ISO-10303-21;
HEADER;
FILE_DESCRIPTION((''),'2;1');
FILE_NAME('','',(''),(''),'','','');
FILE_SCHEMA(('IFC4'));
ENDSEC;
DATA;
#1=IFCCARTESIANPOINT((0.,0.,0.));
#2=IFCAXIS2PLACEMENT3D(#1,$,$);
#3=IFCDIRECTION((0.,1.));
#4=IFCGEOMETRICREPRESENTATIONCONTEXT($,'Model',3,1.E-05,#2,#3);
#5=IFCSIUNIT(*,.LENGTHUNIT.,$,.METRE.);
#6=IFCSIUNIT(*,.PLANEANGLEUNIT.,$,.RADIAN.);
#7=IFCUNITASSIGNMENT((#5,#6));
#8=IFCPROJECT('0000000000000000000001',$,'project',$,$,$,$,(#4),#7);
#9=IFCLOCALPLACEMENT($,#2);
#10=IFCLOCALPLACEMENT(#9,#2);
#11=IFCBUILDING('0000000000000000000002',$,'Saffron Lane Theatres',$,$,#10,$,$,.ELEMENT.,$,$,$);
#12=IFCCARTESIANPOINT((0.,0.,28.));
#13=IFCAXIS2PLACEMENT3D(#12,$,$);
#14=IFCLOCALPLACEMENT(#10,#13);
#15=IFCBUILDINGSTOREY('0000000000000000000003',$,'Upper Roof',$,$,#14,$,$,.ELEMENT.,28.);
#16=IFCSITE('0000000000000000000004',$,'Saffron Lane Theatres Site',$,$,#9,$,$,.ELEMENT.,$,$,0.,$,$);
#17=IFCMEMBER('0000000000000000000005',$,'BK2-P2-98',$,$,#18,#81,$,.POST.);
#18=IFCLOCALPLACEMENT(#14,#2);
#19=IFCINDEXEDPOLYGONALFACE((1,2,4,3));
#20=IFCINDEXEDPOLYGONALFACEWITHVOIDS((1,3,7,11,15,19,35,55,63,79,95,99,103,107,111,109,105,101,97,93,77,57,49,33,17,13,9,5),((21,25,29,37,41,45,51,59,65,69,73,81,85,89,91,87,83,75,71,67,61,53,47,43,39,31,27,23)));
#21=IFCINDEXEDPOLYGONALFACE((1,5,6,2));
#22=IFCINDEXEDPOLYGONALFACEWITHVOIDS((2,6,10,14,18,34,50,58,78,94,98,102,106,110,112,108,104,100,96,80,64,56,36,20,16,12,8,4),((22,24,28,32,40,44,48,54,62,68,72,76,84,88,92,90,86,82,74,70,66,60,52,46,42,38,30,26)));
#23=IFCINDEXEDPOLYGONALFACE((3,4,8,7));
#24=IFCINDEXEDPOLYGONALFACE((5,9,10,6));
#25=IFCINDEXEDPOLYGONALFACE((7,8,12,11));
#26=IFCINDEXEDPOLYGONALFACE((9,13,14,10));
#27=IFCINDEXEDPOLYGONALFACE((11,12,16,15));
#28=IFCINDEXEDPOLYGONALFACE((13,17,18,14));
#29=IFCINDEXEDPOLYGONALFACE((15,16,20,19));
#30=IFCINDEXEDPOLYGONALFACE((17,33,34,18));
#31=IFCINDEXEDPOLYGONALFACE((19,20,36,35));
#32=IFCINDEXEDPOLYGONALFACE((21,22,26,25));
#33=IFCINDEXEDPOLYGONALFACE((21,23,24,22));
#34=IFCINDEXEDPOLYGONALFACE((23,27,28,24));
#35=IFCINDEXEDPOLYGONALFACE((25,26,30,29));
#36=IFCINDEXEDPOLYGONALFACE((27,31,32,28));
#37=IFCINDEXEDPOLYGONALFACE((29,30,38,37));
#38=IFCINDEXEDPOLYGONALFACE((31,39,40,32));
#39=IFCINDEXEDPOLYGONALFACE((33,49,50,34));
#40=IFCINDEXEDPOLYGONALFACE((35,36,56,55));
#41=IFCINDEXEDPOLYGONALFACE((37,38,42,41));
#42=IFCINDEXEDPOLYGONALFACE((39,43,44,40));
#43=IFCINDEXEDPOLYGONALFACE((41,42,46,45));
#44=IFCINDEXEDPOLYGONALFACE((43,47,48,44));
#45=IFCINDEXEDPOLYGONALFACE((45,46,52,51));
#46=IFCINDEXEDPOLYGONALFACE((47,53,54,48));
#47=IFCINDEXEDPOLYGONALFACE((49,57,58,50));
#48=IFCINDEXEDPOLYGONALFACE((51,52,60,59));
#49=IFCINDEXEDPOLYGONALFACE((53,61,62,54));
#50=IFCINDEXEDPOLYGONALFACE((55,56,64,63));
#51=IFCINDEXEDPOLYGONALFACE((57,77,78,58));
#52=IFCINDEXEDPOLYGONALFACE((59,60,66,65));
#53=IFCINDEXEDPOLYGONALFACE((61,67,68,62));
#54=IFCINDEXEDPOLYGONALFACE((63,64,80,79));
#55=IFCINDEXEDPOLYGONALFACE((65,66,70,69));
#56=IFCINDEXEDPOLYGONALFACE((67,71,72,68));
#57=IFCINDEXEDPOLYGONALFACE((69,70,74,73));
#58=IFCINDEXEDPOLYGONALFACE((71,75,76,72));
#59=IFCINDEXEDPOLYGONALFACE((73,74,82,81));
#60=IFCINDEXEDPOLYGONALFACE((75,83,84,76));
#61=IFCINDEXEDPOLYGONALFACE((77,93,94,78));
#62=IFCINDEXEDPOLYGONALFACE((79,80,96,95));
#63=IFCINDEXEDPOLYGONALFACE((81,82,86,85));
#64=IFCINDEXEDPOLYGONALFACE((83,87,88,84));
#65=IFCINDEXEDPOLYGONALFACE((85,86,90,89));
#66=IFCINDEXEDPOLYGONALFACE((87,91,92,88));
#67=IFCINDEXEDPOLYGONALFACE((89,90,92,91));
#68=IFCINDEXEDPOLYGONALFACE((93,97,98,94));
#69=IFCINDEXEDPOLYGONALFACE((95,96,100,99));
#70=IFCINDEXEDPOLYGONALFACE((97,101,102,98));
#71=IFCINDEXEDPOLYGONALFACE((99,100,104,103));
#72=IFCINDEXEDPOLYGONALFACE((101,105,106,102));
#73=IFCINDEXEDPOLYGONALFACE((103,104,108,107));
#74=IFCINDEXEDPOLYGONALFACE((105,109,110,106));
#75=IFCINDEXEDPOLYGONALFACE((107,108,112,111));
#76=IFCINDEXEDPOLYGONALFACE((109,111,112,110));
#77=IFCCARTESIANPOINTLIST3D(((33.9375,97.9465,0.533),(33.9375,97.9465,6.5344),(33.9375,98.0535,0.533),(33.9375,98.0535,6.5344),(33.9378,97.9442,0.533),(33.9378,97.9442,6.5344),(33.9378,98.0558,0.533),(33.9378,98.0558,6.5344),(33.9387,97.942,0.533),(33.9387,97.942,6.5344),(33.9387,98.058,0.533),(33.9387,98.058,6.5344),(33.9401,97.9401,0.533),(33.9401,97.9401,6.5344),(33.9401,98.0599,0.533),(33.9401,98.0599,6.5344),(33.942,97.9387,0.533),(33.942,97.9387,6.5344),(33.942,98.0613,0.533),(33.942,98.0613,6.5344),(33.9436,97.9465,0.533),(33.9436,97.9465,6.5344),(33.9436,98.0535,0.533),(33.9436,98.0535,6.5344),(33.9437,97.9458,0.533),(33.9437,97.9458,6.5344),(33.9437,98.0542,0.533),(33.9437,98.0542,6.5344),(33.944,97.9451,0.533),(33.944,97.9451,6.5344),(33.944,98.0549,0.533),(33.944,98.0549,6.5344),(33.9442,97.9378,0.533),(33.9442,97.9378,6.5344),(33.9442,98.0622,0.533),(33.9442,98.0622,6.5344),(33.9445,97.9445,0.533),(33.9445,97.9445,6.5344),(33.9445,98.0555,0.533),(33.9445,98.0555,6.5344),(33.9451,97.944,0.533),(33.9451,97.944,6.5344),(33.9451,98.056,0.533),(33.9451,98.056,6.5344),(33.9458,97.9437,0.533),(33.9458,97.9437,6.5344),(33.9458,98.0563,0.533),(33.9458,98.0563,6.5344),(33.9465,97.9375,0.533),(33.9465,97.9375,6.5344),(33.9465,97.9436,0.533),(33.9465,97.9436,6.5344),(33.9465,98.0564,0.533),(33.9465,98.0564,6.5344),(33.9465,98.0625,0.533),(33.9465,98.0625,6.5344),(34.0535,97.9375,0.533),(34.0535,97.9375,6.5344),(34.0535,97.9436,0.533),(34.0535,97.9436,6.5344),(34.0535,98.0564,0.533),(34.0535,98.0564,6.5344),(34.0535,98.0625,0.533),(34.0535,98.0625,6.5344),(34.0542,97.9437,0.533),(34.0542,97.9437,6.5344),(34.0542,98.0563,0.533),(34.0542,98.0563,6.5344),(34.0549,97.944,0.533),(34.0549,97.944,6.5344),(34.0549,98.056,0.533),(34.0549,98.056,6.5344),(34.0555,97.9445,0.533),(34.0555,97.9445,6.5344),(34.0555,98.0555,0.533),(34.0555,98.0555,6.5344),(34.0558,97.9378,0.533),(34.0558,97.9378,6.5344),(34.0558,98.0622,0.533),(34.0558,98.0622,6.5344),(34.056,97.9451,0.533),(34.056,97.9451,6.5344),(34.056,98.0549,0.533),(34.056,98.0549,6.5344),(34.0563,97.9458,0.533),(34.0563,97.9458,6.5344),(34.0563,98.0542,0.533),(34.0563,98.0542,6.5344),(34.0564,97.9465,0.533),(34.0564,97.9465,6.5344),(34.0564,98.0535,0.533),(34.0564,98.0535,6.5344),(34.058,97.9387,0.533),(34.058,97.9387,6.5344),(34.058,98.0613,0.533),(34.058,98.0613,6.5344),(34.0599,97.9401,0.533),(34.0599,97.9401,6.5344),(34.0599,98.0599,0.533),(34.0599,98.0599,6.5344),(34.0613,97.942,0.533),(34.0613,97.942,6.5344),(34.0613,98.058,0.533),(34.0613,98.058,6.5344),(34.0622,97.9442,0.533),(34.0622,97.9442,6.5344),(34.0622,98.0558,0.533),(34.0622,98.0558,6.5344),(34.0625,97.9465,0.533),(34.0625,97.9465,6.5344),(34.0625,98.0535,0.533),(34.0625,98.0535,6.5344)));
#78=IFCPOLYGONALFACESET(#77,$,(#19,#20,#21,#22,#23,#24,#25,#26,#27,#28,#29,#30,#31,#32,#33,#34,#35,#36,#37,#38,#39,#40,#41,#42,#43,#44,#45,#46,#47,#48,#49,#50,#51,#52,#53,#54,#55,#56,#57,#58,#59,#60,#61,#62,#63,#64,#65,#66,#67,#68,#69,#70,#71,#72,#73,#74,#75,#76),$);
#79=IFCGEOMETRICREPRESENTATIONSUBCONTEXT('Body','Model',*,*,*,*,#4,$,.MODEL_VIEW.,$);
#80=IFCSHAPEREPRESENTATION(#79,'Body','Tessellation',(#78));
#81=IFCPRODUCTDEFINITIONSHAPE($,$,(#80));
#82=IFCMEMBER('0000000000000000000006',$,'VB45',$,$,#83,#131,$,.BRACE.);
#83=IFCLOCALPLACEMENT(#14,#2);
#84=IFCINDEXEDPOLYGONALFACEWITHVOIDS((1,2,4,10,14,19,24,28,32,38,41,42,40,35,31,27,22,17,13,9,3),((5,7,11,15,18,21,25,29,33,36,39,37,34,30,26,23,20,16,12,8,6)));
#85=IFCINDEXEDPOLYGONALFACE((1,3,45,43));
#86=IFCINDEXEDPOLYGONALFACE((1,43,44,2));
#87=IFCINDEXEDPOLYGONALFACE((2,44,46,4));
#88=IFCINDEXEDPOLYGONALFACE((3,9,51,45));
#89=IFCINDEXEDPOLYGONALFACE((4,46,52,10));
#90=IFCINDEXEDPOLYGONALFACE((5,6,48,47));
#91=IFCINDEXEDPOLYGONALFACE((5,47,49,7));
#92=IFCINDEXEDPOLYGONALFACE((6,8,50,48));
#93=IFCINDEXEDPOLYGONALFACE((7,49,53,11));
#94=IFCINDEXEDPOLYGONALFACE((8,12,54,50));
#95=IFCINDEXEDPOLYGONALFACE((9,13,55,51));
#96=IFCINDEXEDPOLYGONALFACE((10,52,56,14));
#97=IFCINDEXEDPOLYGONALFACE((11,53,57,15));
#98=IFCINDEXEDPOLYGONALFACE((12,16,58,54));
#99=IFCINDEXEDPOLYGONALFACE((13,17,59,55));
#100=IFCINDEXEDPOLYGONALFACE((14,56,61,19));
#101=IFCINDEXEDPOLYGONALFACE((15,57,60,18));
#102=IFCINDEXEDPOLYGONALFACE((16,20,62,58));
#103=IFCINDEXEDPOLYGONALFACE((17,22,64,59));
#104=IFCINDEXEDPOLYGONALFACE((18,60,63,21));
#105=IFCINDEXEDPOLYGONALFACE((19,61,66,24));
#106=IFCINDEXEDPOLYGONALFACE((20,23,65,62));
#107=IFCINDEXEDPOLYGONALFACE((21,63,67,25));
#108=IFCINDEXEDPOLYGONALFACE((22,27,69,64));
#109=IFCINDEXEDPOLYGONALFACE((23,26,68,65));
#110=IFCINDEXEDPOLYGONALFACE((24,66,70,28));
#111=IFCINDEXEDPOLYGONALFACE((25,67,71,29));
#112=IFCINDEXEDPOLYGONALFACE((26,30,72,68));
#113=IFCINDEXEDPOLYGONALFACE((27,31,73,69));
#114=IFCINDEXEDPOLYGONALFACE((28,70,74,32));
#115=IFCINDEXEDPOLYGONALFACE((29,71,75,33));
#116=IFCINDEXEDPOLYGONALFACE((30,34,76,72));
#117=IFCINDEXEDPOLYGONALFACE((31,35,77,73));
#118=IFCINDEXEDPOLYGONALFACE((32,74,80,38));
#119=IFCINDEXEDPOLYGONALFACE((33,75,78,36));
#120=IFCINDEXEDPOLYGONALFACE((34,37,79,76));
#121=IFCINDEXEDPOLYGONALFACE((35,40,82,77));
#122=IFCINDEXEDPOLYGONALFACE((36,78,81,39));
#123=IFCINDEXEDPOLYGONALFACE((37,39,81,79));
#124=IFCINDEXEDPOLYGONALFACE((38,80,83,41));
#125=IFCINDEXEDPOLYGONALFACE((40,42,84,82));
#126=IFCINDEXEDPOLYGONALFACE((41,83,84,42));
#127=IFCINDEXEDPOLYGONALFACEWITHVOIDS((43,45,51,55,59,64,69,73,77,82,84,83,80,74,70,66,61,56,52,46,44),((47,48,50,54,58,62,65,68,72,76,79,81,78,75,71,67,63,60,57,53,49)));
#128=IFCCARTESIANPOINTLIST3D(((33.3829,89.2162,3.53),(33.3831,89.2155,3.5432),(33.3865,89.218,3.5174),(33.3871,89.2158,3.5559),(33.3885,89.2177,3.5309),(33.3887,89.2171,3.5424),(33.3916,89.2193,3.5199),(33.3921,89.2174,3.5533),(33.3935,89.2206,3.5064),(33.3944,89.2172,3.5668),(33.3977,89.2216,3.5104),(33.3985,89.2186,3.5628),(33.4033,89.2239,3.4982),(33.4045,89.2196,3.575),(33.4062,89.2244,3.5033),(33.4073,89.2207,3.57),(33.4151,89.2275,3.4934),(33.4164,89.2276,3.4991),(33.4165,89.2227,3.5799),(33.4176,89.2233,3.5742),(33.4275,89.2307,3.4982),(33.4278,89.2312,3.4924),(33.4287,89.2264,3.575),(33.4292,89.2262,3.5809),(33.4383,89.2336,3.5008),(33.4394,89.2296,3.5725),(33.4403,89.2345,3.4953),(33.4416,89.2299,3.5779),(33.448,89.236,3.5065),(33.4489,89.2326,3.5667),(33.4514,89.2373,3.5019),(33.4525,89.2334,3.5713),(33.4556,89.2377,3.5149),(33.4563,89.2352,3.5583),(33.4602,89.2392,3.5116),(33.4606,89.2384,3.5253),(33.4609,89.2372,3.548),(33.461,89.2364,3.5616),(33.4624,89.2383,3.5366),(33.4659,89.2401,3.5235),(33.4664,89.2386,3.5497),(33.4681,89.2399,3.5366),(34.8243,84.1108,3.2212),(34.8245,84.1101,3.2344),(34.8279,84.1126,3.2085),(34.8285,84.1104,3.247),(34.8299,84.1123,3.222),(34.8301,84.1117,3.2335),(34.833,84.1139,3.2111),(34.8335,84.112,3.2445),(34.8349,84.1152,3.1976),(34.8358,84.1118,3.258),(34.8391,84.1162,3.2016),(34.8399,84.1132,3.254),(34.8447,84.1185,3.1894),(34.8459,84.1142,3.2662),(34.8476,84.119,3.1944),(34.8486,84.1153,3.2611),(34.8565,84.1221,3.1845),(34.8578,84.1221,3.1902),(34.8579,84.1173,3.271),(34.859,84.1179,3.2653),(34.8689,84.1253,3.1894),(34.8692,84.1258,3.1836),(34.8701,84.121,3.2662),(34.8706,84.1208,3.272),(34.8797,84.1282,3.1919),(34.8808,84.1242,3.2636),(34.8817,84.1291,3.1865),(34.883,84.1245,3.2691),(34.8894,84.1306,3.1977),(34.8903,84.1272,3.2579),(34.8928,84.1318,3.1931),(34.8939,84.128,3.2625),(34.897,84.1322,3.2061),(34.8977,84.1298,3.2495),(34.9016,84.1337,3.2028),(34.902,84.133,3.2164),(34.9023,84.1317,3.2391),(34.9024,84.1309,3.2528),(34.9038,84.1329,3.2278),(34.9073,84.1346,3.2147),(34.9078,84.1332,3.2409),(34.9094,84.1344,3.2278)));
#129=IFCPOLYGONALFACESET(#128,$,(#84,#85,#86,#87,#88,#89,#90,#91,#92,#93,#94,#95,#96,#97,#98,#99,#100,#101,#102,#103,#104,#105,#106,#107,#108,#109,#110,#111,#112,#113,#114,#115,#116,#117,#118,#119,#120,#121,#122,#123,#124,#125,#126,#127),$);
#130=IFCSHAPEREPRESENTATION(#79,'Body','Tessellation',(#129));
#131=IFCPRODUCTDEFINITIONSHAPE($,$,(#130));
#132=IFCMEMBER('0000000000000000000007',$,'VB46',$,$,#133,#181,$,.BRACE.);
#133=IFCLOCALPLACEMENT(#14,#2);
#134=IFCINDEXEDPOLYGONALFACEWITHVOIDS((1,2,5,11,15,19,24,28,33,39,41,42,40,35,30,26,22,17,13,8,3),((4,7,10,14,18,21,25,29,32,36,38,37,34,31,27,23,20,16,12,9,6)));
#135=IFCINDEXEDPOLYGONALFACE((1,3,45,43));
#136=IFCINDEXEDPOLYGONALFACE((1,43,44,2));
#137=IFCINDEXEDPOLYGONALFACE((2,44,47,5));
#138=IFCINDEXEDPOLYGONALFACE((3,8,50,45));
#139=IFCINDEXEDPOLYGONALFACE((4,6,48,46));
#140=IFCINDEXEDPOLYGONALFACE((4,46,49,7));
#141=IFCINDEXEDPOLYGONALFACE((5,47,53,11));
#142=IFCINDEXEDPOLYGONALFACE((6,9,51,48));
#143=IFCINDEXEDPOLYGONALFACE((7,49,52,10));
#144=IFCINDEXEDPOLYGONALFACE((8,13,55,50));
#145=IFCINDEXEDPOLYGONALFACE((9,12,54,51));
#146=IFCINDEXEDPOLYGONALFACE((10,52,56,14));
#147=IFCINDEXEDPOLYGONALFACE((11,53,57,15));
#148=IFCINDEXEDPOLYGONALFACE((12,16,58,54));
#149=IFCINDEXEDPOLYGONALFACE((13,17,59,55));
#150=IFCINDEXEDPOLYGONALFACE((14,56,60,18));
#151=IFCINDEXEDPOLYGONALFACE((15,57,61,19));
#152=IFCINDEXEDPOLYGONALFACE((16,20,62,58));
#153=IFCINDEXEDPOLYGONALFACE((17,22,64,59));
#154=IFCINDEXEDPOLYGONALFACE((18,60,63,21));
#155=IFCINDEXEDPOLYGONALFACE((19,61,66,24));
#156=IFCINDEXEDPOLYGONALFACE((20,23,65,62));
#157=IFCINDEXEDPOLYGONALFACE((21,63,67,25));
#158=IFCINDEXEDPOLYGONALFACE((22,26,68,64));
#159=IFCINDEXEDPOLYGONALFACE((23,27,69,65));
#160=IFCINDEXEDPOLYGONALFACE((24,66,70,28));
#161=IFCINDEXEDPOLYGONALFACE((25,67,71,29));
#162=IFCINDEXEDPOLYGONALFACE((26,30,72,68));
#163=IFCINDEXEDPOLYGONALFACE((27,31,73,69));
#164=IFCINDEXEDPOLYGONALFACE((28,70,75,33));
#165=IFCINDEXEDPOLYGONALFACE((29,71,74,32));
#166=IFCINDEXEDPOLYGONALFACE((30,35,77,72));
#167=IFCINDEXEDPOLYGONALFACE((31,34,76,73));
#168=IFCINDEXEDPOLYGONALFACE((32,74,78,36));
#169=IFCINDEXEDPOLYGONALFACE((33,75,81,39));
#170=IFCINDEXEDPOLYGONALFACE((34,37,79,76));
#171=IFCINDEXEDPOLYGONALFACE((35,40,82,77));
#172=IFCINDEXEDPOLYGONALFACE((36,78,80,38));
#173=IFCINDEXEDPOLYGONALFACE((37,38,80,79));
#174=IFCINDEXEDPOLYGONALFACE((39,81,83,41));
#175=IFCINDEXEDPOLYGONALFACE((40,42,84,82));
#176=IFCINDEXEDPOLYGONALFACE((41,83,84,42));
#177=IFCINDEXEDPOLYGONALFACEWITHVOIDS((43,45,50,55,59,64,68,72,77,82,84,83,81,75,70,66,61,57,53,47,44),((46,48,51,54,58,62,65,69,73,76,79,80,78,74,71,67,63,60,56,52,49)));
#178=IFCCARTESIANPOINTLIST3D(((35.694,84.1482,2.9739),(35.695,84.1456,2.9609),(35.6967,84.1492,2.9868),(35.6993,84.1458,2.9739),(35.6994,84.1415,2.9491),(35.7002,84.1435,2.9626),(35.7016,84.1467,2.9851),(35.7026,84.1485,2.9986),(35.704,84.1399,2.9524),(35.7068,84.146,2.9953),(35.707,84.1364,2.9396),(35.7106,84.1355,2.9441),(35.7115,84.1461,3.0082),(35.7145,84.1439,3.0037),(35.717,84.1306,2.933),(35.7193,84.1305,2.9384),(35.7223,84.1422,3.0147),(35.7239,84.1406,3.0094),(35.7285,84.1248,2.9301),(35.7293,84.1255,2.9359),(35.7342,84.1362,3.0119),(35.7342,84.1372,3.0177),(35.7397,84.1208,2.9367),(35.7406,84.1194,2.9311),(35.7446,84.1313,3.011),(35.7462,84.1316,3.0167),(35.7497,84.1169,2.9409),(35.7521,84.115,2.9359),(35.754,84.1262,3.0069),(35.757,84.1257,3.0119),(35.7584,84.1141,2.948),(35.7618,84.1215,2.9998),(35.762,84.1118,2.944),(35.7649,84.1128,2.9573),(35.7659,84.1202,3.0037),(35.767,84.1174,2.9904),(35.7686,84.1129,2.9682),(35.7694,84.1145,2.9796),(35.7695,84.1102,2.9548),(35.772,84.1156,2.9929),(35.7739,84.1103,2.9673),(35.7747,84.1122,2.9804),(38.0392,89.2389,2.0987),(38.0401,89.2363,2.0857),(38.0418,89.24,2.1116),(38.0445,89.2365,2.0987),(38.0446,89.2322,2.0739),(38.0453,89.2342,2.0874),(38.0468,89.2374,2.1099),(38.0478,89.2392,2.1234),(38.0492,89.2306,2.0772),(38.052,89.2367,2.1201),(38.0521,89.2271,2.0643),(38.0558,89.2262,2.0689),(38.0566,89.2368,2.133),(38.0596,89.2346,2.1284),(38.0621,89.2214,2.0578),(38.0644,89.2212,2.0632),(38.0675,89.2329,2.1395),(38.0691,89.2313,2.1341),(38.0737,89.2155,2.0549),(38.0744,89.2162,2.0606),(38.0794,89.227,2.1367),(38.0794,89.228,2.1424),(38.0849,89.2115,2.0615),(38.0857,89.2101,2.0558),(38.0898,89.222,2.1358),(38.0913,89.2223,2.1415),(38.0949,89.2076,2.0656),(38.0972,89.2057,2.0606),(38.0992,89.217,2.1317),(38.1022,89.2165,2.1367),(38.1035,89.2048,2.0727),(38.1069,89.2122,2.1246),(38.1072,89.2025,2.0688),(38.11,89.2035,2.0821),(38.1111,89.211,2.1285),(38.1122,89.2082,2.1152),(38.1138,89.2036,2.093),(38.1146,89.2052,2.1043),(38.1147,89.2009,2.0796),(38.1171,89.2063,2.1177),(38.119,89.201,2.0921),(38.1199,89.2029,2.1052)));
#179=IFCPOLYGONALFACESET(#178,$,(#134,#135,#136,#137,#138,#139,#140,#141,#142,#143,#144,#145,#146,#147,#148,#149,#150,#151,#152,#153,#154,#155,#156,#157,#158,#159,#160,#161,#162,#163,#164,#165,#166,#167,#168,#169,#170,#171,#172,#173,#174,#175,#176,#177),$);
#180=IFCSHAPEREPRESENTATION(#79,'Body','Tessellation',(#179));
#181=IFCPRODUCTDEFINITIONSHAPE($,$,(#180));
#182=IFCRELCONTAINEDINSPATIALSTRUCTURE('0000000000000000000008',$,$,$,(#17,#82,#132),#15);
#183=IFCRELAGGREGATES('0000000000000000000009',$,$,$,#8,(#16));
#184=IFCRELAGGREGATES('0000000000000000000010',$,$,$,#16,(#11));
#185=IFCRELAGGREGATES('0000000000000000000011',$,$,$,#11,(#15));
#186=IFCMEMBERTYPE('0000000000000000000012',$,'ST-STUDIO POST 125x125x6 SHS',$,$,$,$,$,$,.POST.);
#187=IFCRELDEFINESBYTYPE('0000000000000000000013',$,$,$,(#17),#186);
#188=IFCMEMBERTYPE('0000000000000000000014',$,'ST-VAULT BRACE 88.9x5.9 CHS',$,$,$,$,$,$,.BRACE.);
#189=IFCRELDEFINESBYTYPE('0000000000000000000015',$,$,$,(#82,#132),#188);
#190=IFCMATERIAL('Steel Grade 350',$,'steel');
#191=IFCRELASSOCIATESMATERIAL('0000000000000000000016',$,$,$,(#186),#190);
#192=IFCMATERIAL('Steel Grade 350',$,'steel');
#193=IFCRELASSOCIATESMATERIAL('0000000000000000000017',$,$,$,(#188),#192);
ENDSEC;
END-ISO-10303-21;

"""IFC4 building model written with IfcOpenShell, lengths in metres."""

from ifc_helpers import new_model, si_unit, direction, frame, origin, origin_2d, place, context, subcontext, project, spatial, hollow_rectangle, hollow_circle, extrude, material, material_profile, profile_set, type_object, element, save


model = new_model("IFC4")

# Units and contexts
model_context = context("Model", 3, precision=1e-05, world=origin(), true_north=direction((0.0, 1.0)))
body_context = subcontext(model_context, "Body", "Model", "MODEL_VIEW")
ifc_project = project(units=[si_unit("LENGTHUNIT", "METRE"), si_unit("PLANEANGLEUNIT", "RADIAN")], contexts=[model_context])

# Site, building, storey
site_placement = place(None, origin())
site = spatial("IfcSite", under=ifc_project, at=site_placement, Name="Saffron Lane Theatres Site", CompositionType="ELEMENT", RefElevation=0.0)
building_placement = place(site_placement, origin())
building = spatial("IfcBuilding", under=site, at=building_placement, Name="Saffron Lane Theatres", CompositionType="ELEMENT")
storey_placement = place(building_placement, frame((0.0, 0.0, 28.0)))
storey = spatial("IfcBuildingStorey", under=building, at=storey_placement, Name="Upper Roof", CompositionType="ELEMENT", Elevation=28.0)

# Members
ifc_material_1 = material(Name="Steel Grade 350", Category="steel")
ifc_material_profile_1 = material_profile(ifc_material_1, hollow_rectangle(XDim=0.125, YDim=0.125, WallThickness=0.0061, InnerFilletRadius=0.0029, OuterFilletRadius=0.009, at=origin_2d()))
ifc_profile_set_1 = profile_set([ifc_material_profile_1], Name="Steel Grade 350")
member_type_1 = type_object("IfcMemberType", Name="ST-STUDIO POST 125x125x6 SHS", PredefinedType="POST", material=ifc_profile_set_1)
member_1_placement = place(storey_placement, frame((34.0, 98.0, 0.533), z_axis=(0.0, 0.0, 1.0), x_axis=(1.0, 0.0, 0.0)))
element("IfcMember", 1, at=member_1_placement, inside=storey, type_object=member_type_1, Name="BK2-P2-98", PredefinedType="POST", context=body_context, shape_type="SweptSolid", body=[
    extrude(hollow_rectangle(XDim=0.125, YDim=0.125, WallThickness=0.0061, InnerFilletRadius=0.0029, OuterFilletRadius=0.009, at=origin_2d()), origin(), (0.0, 0.0, 1.0), 6.0015),
])
ifc_material_2 = material(Name="Steel Grade 350", Category="steel")
ifc_material_profile_2 = material_profile(ifc_material_2, hollow_circle(Radius=0.0444, WallThickness=0.0059, at=origin_2d()))
ifc_profile_set_2 = profile_set([ifc_material_profile_2], Name="Steel Grade 350")
member_type_2 = type_object("IfcMemberType", Name="ST-VAULT BRACE 88.9x5.9 CHS", PredefinedType="BRACE", material=ifc_profile_set_2)
member_2_placement = place(storey_placement, frame((33.4253, 89.2278, 3.5366), z_axis=(0.271246, -0.960754, -0.058118), x_axis=(0.962381, 0.271705, 0.0)))
element("IfcMember", 2, at=member_2_placement, inside=storey, type_object=member_type_2, Name="VB45", PredefinedType="BRACE", context=body_context, shape_type="SweptSolid", body=[
    extrude(hollow_circle(Radius=0.0444, WallThickness=0.0059, at=origin_2d()), origin(), (0.0, 0.0, 1.0), 5.314),
])
member_3_placement = place(storey_placement, frame((35.7344, 84.1296, 2.9739), z_axis=(0.413402, 0.897383, -0.154283), x_axis=(-0.908257, 0.418412, 0.0)))
element("IfcMember", 3, at=member_3_placement, inside=storey, type_object=member_type_2, Name="VB46", PredefinedType="BRACE", context=body_context, shape_type="SweptSolid", body=[
    extrude(hollow_circle(Radius=0.0444, WallThickness=0.0059, at=origin_2d()), origin(), (0.0, 0.0, 1.0), 5.6729),
])

save(model, "model.ifc")
